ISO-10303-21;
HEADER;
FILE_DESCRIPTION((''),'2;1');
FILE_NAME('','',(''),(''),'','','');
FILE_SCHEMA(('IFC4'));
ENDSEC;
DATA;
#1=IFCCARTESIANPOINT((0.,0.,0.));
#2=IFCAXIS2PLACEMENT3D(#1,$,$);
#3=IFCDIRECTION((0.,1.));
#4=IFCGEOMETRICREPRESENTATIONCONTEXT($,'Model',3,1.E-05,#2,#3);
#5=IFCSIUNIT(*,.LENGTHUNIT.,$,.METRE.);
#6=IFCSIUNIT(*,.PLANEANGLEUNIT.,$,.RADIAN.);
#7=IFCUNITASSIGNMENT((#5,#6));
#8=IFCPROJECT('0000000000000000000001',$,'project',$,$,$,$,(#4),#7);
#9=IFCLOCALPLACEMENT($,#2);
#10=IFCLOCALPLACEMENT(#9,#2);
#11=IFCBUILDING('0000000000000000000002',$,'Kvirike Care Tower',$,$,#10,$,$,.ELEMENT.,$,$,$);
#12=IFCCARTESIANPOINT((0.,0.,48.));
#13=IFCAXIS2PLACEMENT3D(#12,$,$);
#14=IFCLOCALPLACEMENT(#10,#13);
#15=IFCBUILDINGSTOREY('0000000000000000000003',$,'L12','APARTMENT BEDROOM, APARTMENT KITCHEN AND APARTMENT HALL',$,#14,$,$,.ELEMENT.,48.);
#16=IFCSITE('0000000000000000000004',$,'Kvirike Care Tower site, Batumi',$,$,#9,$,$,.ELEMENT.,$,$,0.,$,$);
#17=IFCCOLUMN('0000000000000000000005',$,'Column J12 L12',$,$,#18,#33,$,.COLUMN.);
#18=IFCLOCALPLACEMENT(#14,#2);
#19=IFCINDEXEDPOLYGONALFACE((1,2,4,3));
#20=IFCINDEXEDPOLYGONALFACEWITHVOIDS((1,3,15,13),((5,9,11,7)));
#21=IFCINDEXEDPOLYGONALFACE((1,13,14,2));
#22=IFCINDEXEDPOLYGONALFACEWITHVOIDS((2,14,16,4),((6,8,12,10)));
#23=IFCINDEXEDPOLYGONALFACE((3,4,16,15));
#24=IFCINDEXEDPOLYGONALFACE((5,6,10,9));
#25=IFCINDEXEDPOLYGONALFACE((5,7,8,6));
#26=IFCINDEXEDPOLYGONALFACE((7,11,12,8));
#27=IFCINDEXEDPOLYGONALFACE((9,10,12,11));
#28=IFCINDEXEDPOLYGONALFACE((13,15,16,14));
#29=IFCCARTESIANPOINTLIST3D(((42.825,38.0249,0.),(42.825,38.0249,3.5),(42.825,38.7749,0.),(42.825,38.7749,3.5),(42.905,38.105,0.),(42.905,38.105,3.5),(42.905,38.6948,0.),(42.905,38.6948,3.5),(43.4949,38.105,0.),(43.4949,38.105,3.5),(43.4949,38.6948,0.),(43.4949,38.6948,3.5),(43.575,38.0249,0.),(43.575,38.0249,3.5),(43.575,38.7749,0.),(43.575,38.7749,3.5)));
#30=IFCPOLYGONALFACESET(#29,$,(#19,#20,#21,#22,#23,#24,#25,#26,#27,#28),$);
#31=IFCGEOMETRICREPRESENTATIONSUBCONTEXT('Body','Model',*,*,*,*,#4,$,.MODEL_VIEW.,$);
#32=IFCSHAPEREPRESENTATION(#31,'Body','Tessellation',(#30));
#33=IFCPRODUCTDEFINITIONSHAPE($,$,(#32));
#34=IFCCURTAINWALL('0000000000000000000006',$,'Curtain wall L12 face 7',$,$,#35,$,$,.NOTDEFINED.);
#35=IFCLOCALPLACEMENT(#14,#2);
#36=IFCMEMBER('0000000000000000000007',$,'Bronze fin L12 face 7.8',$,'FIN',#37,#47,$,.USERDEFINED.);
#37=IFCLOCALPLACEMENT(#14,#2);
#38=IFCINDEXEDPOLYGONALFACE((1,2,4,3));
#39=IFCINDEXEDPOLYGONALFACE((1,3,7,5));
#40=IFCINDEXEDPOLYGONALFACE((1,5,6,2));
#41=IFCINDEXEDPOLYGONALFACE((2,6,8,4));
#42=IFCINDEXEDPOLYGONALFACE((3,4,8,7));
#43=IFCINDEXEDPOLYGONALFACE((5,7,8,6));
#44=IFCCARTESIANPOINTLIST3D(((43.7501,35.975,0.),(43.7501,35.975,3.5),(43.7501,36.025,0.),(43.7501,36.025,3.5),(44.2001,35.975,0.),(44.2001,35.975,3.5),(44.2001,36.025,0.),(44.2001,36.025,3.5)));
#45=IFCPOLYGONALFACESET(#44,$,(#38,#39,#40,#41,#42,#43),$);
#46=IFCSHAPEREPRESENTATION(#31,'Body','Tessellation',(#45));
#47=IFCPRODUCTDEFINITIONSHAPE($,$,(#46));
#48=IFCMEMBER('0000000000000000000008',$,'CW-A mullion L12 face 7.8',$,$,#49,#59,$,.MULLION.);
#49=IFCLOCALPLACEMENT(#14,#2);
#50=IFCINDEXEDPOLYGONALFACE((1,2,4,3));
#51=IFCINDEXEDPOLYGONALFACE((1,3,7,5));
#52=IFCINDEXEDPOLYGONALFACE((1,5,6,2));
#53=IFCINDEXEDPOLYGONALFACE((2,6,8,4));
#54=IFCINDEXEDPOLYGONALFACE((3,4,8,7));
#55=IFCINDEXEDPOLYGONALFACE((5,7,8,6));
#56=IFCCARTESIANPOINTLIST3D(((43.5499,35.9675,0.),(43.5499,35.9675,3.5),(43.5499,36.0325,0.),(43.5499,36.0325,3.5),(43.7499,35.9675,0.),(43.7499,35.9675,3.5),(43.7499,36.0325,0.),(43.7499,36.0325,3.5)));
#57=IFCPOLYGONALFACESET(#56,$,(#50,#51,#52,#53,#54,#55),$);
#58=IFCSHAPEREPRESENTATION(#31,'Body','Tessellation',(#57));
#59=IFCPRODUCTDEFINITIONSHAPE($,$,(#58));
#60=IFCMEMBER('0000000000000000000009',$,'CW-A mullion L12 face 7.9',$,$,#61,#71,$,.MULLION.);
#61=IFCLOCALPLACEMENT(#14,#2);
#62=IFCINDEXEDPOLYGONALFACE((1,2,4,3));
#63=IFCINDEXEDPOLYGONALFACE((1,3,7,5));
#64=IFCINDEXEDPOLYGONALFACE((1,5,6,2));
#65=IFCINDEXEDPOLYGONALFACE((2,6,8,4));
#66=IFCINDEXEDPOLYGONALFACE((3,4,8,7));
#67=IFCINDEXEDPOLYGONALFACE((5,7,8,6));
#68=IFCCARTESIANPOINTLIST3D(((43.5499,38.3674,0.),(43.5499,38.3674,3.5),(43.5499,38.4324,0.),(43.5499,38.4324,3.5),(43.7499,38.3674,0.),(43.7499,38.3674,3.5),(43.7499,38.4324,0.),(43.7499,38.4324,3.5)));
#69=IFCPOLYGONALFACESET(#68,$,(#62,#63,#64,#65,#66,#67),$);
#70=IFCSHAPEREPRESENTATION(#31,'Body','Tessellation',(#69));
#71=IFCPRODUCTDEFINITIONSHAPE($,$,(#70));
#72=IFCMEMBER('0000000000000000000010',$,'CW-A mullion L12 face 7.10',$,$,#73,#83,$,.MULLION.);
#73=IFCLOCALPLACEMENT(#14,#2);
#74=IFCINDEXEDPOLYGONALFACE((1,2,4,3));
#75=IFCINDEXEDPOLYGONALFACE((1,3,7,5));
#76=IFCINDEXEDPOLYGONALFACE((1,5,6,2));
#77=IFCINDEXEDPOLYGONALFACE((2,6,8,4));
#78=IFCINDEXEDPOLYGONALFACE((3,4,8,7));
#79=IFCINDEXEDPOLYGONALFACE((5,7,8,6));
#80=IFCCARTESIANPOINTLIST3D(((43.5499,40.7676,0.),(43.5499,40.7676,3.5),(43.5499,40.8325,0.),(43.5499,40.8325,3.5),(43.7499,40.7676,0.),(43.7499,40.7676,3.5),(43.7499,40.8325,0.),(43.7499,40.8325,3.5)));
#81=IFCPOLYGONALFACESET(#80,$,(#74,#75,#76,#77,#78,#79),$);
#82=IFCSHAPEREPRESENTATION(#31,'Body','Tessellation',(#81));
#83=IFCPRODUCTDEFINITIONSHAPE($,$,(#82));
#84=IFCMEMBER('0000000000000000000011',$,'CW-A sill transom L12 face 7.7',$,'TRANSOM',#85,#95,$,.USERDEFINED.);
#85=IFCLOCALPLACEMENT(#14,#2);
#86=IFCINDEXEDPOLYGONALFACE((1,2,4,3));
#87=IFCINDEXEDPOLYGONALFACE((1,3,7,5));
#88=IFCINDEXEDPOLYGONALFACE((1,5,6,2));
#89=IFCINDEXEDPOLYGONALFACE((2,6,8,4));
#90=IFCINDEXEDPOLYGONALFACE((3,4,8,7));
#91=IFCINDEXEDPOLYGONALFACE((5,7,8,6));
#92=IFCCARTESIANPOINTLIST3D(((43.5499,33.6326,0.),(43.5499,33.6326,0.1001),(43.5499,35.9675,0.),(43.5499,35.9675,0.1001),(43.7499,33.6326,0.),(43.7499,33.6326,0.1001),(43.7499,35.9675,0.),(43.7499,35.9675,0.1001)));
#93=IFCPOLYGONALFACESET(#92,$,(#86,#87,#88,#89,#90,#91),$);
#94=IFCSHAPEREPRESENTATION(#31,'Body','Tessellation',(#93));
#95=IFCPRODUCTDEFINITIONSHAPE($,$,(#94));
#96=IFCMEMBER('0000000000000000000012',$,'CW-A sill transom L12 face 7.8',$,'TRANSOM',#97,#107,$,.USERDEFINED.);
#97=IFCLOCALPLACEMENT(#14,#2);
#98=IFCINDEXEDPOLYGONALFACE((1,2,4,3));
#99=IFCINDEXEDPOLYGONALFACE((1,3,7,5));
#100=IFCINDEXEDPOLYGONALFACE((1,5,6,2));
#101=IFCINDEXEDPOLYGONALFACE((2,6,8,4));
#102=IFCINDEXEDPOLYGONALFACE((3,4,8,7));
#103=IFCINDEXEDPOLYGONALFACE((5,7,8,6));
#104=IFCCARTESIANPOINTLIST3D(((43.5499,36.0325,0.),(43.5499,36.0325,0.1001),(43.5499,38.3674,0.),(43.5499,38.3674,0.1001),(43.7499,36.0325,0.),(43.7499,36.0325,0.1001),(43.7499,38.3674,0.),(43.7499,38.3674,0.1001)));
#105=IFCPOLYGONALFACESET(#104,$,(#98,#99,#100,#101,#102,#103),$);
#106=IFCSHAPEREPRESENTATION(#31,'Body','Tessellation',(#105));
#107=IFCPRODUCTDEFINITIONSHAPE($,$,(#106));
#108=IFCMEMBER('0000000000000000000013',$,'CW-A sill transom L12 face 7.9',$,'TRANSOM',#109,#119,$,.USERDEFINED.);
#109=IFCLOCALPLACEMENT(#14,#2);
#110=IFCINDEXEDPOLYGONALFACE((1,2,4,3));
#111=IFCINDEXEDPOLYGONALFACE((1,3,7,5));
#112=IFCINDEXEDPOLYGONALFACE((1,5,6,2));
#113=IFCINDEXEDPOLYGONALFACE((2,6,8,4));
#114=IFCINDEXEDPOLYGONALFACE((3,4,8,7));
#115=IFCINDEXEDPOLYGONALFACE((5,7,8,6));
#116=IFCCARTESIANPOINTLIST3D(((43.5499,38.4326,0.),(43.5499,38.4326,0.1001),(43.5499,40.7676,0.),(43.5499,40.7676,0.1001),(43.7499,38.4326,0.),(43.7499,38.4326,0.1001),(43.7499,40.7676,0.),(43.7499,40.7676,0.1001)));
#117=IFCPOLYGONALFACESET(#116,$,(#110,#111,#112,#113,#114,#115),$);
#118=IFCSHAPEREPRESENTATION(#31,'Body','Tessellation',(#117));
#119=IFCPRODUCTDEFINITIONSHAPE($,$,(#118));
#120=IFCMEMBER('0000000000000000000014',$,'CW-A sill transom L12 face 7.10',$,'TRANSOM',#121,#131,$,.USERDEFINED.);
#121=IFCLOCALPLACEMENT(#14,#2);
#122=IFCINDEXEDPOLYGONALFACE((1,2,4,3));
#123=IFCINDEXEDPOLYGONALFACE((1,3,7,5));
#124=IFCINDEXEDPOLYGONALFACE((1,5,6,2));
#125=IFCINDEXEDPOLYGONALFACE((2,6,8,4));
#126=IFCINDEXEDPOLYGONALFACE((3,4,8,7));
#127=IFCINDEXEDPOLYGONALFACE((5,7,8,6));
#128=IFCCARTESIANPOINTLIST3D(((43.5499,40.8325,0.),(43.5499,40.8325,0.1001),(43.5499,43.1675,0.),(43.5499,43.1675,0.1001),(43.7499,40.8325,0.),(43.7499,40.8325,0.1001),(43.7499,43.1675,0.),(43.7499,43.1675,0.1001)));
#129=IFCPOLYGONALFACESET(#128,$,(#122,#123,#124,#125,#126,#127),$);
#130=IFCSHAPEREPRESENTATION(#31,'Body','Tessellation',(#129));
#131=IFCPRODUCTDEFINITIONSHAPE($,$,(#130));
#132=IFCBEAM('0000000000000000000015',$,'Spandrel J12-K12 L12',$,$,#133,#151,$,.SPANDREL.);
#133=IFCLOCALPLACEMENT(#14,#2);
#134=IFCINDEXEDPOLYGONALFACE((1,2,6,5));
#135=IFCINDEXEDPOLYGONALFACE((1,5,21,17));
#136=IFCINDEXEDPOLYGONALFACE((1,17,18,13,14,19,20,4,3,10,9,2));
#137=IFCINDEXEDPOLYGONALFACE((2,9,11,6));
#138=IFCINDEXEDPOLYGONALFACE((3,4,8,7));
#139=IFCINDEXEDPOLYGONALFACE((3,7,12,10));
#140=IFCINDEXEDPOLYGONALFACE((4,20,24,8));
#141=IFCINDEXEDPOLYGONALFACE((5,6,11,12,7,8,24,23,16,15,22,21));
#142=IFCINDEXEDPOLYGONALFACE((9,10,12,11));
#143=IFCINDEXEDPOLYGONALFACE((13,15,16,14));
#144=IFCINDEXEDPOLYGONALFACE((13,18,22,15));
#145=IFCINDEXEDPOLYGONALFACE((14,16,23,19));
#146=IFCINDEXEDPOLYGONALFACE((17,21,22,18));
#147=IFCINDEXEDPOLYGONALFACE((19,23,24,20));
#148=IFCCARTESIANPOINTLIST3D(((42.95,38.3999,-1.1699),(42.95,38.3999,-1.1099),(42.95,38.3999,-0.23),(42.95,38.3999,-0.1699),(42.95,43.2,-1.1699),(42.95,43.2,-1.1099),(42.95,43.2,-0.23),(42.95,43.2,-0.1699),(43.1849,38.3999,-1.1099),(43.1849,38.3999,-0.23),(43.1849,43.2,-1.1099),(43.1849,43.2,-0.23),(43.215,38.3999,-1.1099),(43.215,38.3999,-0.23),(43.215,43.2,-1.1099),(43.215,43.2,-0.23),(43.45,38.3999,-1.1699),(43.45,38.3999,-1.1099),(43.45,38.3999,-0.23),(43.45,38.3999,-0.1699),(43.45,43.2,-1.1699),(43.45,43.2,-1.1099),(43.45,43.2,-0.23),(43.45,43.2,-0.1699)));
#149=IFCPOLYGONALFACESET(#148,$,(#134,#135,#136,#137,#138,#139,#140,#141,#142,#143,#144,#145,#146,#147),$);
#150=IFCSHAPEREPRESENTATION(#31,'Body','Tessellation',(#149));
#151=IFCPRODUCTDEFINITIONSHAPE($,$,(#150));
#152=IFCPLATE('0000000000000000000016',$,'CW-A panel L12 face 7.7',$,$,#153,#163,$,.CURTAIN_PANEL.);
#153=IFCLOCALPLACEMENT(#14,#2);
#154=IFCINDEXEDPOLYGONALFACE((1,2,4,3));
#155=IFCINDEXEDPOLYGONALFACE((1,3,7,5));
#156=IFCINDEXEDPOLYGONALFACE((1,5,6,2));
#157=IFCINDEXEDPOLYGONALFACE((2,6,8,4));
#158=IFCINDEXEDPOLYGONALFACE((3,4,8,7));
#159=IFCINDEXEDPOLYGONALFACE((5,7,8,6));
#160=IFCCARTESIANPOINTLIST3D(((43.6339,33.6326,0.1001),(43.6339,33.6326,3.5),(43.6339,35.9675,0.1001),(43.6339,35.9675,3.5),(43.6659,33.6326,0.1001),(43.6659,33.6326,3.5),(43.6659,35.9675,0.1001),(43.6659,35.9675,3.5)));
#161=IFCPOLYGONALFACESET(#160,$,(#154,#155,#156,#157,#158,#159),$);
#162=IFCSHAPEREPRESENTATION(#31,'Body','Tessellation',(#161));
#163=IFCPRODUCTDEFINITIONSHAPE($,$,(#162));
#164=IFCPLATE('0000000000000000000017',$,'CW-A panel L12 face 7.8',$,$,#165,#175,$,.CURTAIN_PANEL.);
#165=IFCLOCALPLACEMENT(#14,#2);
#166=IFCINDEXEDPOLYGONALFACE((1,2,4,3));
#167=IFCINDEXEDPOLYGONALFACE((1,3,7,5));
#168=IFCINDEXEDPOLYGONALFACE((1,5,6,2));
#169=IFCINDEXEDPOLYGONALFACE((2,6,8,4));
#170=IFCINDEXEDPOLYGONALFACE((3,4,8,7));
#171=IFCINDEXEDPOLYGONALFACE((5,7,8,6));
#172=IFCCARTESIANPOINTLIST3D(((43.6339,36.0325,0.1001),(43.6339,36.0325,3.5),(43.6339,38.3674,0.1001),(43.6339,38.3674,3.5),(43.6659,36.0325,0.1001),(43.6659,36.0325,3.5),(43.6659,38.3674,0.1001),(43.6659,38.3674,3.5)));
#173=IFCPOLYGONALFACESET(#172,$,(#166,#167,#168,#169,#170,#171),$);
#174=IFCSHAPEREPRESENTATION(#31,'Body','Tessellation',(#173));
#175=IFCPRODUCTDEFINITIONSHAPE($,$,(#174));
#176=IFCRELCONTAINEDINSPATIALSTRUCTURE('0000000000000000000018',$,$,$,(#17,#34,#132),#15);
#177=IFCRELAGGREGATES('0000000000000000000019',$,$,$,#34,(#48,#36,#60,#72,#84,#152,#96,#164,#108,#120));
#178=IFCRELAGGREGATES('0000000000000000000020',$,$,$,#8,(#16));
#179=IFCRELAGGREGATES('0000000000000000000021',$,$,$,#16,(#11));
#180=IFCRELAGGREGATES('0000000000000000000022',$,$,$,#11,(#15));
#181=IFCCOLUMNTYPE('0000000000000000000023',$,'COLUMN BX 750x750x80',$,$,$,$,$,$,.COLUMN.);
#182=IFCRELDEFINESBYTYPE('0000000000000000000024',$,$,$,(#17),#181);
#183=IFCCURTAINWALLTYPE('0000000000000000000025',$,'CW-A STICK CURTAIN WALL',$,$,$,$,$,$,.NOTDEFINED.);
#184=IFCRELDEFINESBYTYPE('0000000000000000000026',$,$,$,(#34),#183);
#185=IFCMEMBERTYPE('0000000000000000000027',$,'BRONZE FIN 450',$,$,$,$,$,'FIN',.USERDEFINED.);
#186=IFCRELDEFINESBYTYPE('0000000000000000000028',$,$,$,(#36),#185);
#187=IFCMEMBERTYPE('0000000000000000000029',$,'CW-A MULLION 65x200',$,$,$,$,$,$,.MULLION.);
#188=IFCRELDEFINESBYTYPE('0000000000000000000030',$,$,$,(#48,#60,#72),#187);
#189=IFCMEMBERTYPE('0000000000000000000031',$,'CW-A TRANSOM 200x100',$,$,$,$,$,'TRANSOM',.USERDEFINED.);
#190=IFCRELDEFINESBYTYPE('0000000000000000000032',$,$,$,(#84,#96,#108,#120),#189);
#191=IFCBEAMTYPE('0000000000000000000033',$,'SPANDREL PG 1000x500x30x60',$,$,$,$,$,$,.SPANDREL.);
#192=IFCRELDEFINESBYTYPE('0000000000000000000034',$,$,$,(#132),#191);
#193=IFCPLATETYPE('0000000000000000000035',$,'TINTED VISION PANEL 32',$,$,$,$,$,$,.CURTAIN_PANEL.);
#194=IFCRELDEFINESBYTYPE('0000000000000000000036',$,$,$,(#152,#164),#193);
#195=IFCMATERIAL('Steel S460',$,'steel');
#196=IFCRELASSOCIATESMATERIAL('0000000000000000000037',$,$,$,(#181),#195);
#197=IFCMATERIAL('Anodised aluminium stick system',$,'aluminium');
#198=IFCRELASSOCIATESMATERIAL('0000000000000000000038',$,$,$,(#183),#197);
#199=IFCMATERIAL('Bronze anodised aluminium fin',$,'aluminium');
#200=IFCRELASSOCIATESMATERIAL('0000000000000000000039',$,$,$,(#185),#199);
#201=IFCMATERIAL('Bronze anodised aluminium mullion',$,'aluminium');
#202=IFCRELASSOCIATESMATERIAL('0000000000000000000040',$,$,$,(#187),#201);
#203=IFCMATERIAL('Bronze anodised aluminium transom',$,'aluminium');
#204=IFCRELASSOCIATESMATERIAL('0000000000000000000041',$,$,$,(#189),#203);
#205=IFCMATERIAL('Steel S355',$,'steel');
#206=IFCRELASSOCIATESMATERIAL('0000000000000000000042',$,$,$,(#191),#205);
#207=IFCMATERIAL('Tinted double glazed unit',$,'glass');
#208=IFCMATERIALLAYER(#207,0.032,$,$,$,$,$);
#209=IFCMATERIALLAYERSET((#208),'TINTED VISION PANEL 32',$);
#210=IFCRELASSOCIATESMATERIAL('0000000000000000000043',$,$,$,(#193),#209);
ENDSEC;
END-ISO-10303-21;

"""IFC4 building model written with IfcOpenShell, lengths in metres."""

from ifc_helpers import new_model, si_unit, direction, frame, origin, origin_2d, place, context, subcontext, project, spatial, rectangle, hollow_rectangle, i_section, extrude, material, layer, layer_set, material_profile, profile_set, type_object, element, aggregate, save


model = new_model("IFC4")

# Units and contexts
model_context = context("Model", 3, precision=1e-05, world=origin(), true_north=direction((0.0, 1.0)))
body_context = subcontext(model_context, "Body", "Model", "MODEL_VIEW")
ifc_project = project(units=[si_unit("LENGTHUNIT", "METRE"), si_unit("PLANEANGLEUNIT", "RADIAN")], contexts=[model_context])

# Site, building, storey
site_placement = place(None, origin())
site = spatial("IfcSite", under=ifc_project, at=site_placement, Name="Kvirike Care Tower site, Batumi", CompositionType="ELEMENT", RefElevation=0.0)
building_placement = place(site_placement, origin())
building = spatial("IfcBuilding", under=site, at=building_placement, Name="Kvirike Care Tower", CompositionType="ELEMENT")
storey_placement = place(building_placement, frame((0.0, 0.0, 48.0)))
storey = spatial("IfcBuildingStorey", under=building, at=storey_placement, Name="L12", Description="APARTMENT BEDROOM, APARTMENT KITCHEN AND APARTMENT HALL", CompositionType="ELEMENT", Elevation=48.0)

# Column
ifc_material_1 = material(Name="Steel S460", Category="steel")
ifc_material_profile_1 = material_profile(ifc_material_1, hollow_rectangle(XDim=0.75, YDim=0.75, WallThickness=0.0801, at=origin_2d()), Name="BX 750x750x80")
ifc_profile_set_1 = profile_set([ifc_material_profile_1], Name="Steel S460")
column_type = type_object("IfcColumnType", Name="COLUMN BX 750x750x80", PredefinedType="COLUMN", material=ifc_profile_set_1)
column_placement = place(storey_placement, frame((43.2, 38.3999, 0.0), z_axis=(0.0, 0.0, 1.0), x_axis=(1.0, 0.0, 0.0)))
element("IfcColumn", 1, at=column_placement, inside=storey, type_object=column_type, Name="Column J12 L12", PredefinedType="COLUMN", context=body_context, shape_type="SweptSolid", body=[
    extrude(hollow_rectangle(XDim=0.75, YDim=0.75, WallThickness=0.0801, at=origin_2d()), origin(), (0.0, 0.0, 1.0), 3.5),
])

# Curtain wall, members
ifc_material_2 = material(Name="Anodised aluminium stick system", Category="aluminium")
curtain_wall_type = type_object("IfcCurtainWallType", Name="CW-A STICK CURTAIN WALL", PredefinedType="NOTDEFINED", material=ifc_material_2)
curtain_wall_placement = place(storey_placement, origin())
curtain_wall = element("IfcCurtainWall", 2, at=curtain_wall_placement, inside=storey, type_object=curtain_wall_type, Name="Curtain wall L12 face 7", PredefinedType="NOTDEFINED")
ifc_material_3 = material(Name="Bronze anodised aluminium fin", Category="aluminium")
ifc_material_profile_2 = material_profile(ifc_material_3, rectangle(XDim=0.05, YDim=0.45, at=origin_2d()), Name="BRONZE FIN 450")
ifc_profile_set_2 = profile_set([ifc_material_profile_2], Name="Bronze anodised aluminium fin")
member_type_1 = type_object("IfcMemberType", Name="BRONZE FIN 450", ElementType="FIN", PredefinedType="USERDEFINED", material=ifc_profile_set_2)
member_1_placement = place(storey_placement, frame((43.9751, 36.0, 0.0), z_axis=(0.0, 0.0, 1.0), x_axis=(0.0, 1.0, 0.0)))
member_1 = element("IfcMember", 3, at=member_1_placement, type_object=member_type_1, Name="Bronze fin L12 face 7.8", ObjectType="FIN", PredefinedType="USERDEFINED", context=body_context, shape_type="SweptSolid", body=[
    extrude(rectangle(XDim=0.05, YDim=0.45, at=origin_2d()), origin(), (0.0, 0.0, 1.0), 3.5),
])
ifc_material_4 = material(Name="Bronze anodised aluminium mullion", Category="aluminium")
ifc_material_profile_3 = material_profile(ifc_material_4, rectangle(XDim=0.0649, YDim=0.2, at=origin_2d()), Name="CW-A MULLION 65x200")
ifc_profile_set_3 = profile_set([ifc_material_profile_3], Name="Bronze anodised aluminium mullion")
member_type_2 = type_object("IfcMemberType", Name="CW-A MULLION 65x200", PredefinedType="MULLION", material=ifc_profile_set_3)
member_2_placement = place(storey_placement, frame((43.6499, 36.0, 0.0), z_axis=(0.0, 0.0, 1.0), x_axis=(0.0, 1.0, 0.0)))
member_2 = element("IfcMember", 4, at=member_2_placement, type_object=member_type_2, Name="CW-A mullion L12 face 7.8", PredefinedType="MULLION", context=body_context, shape_type="SweptSolid", body=[
    extrude(rectangle(XDim=0.0649, YDim=0.2, at=origin_2d()), origin(), (0.0, 0.0, 1.0), 3.5),
])
member_3_placement = place(storey_placement, frame((43.6499, 38.3999, 0.0), z_axis=(0.0, 0.0, 1.0), x_axis=(0.0, 1.0, 0.0)))
member_3 = element("IfcMember", 5, at=member_3_placement, type_object=member_type_2, Name="CW-A mullion L12 face 7.9", PredefinedType="MULLION", context=body_context, shape_type="SweptSolid", body=[
    extrude(rectangle(XDim=0.0649, YDim=0.2, at=origin_2d()), origin(), (0.0, 0.0, 1.0), 3.5),
])
member_4_placement = place(storey_placement, frame((43.6499, 40.8, 0.0), z_axis=(0.0, 0.0, 1.0), x_axis=(0.0, 1.0, 0.0)))
member_4 = element("IfcMember", 6, at=member_4_placement, type_object=member_type_2, Name="CW-A mullion L12 face 7.10", PredefinedType="MULLION", context=body_context, shape_type="SweptSolid", body=[
    extrude(rectangle(XDim=0.0649, YDim=0.2, at=origin_2d()), origin(), (0.0, 0.0, 1.0), 3.5),
])
ifc_material_5 = material(Name="Bronze anodised aluminium transom", Category="aluminium")
ifc_material_profile_4 = material_profile(ifc_material_5, rectangle(XDim=0.2, YDim=0.1001, at=origin_2d()), Name="CW-A TRANSOM 200x100")
ifc_profile_set_4 = profile_set([ifc_material_profile_4], Name="Bronze anodised aluminium transom")
member_type_3 = type_object("IfcMemberType", Name="CW-A TRANSOM 200x100", ElementType="TRANSOM", PredefinedType="USERDEFINED", material=ifc_profile_set_4)
member_5_placement = place(storey_placement, frame((43.6499, 33.6326, 0.05), z_axis=(0.0, 1.0, 0.0), x_axis=(-1.0, 0.0, 0.0)))
member_5 = element("IfcMember", 7, at=member_5_placement, type_object=member_type_3, Name="CW-A sill transom L12 face 7.7", ObjectType="TRANSOM", PredefinedType="USERDEFINED", context=body_context, shape_type="SweptSolid", body=[
    extrude(rectangle(XDim=0.2, YDim=0.1001, at=origin_2d()), origin(), (0.0, 0.0, 1.0), 2.335),
])
member_6_placement = place(storey_placement, frame((43.6499, 36.0325, 0.05), z_axis=(0.0, 1.0, 0.0), x_axis=(-1.0, 0.0, 0.0)))
member_6 = element("IfcMember", 8, at=member_6_placement, type_object=member_type_3, Name="CW-A sill transom L12 face 7.8", ObjectType="TRANSOM", PredefinedType="USERDEFINED", context=body_context, shape_type="SweptSolid", body=[
    extrude(rectangle(XDim=0.2, YDim=0.1001, at=origin_2d()), origin(), (0.0, 0.0, 1.0), 2.335),
])
member_7_placement = place(storey_placement, frame((43.6499, 38.4326, 0.05), z_axis=(0.0, 1.0, 0.0), x_axis=(-1.0, 0.0, 0.0)))
member_7 = element("IfcMember", 9, at=member_7_placement, type_object=member_type_3, Name="CW-A sill transom L12 face 7.9", ObjectType="TRANSOM", PredefinedType="USERDEFINED", context=body_context, shape_type="SweptSolid", body=[
    extrude(rectangle(XDim=0.2, YDim=0.1001, at=origin_2d()), origin(), (0.0, 0.0, 1.0), 2.335),
])
member_8_placement = place(storey_placement, frame((43.6499, 40.8325, 0.05), z_axis=(0.0, 1.0, 0.0), x_axis=(-1.0, 0.0, 0.0)))
member_8 = element("IfcMember", 10, at=member_8_placement, type_object=member_type_3, Name="CW-A sill transom L12 face 7.10", ObjectType="TRANSOM", PredefinedType="USERDEFINED", context=body_context, shape_type="SweptSolid", body=[
    extrude(rectangle(XDim=0.2, YDim=0.1001, at=origin_2d()), origin(), (0.0, 0.0, 1.0), 2.335),
])

# Beam
ifc_material_6 = material(Name="Steel S355", Category="steel")
ifc_material_profile_5 = material_profile(ifc_material_6, i_section(OverallWidth=0.5, OverallDepth=1.0, WebThickness=0.03, FlangeThickness=0.0601, at=origin_2d()), Name="PG 1000x500x30x60")
ifc_profile_set_5 = profile_set([ifc_material_profile_5], Name="Steel S355")
beam_type = type_object("IfcBeamType", Name="SPANDREL PG 1000x500x30x60", PredefinedType="SPANDREL", material=ifc_profile_set_5)
beam_placement = place(storey_placement, frame((43.2, 38.3999, -0.6699), z_axis=(0.0, 1.0, 0.0), x_axis=(-1.0, 0.0, 0.0)))
element("IfcBeam", 11, at=beam_placement, inside=storey, type_object=beam_type, Name="Spandrel J12-K12 L12", PredefinedType="SPANDREL", context=body_context, shape_type="SweptSolid", body=[
    extrude(i_section(OverallWidth=0.5, OverallDepth=1.0, WebThickness=0.03, FlangeThickness=0.0601, at=origin_2d()), origin(), (0.0, 0.0, 1.0), 4.8),
])

# Plates
ifc_material_7 = material(Name="Tinted double glazed unit", Category="glass")
ifc_layer_1 = layer(ifc_material_7, 0.032)
ifc_layer_set_1 = layer_set([ifc_layer_1], Name="TINTED VISION PANEL 32")
plate_type = type_object("IfcPlateType", Name="TINTED VISION PANEL 32", PredefinedType="CURTAIN_PANEL", material=ifc_layer_set_1)
plate_1_placement = place(storey_placement, frame((43.6499, 34.8, 0.1001), z_axis=(0.0, 0.0, 1.0), x_axis=(0.0, 1.0, 0.0)))
plate_1 = element("IfcPlate", 12, at=plate_1_placement, type_object=plate_type, Name="CW-A panel L12 face 7.7", PredefinedType="CURTAIN_PANEL", context=body_context, shape_type="SweptSolid", body=[
    extrude(rectangle(XDim=2.335, YDim=0.032, at=origin_2d()), origin(), (0.0, 0.0, 1.0), 3.3999),
])
plate_2_placement = place(storey_placement, frame((43.6499, 37.2, 0.1001), z_axis=(0.0, 0.0, 1.0), x_axis=(0.0, 1.0, 0.0)))
plate_2 = element("IfcPlate", 13, at=plate_2_placement, type_object=plate_type, Name="CW-A panel L12 face 7.8", PredefinedType="CURTAIN_PANEL", context=body_context, shape_type="SweptSolid", body=[
    extrude(rectangle(XDim=2.335, YDim=0.032, at=origin_2d()), origin(), (0.0, 0.0, 1.0), 3.3999),
])
aggregate(curtain_wall, [member_2, member_1, member_3, member_4, member_5, plate_1, member_6, plate_2, member_7, member_8])

save(model, "model.ifc")
